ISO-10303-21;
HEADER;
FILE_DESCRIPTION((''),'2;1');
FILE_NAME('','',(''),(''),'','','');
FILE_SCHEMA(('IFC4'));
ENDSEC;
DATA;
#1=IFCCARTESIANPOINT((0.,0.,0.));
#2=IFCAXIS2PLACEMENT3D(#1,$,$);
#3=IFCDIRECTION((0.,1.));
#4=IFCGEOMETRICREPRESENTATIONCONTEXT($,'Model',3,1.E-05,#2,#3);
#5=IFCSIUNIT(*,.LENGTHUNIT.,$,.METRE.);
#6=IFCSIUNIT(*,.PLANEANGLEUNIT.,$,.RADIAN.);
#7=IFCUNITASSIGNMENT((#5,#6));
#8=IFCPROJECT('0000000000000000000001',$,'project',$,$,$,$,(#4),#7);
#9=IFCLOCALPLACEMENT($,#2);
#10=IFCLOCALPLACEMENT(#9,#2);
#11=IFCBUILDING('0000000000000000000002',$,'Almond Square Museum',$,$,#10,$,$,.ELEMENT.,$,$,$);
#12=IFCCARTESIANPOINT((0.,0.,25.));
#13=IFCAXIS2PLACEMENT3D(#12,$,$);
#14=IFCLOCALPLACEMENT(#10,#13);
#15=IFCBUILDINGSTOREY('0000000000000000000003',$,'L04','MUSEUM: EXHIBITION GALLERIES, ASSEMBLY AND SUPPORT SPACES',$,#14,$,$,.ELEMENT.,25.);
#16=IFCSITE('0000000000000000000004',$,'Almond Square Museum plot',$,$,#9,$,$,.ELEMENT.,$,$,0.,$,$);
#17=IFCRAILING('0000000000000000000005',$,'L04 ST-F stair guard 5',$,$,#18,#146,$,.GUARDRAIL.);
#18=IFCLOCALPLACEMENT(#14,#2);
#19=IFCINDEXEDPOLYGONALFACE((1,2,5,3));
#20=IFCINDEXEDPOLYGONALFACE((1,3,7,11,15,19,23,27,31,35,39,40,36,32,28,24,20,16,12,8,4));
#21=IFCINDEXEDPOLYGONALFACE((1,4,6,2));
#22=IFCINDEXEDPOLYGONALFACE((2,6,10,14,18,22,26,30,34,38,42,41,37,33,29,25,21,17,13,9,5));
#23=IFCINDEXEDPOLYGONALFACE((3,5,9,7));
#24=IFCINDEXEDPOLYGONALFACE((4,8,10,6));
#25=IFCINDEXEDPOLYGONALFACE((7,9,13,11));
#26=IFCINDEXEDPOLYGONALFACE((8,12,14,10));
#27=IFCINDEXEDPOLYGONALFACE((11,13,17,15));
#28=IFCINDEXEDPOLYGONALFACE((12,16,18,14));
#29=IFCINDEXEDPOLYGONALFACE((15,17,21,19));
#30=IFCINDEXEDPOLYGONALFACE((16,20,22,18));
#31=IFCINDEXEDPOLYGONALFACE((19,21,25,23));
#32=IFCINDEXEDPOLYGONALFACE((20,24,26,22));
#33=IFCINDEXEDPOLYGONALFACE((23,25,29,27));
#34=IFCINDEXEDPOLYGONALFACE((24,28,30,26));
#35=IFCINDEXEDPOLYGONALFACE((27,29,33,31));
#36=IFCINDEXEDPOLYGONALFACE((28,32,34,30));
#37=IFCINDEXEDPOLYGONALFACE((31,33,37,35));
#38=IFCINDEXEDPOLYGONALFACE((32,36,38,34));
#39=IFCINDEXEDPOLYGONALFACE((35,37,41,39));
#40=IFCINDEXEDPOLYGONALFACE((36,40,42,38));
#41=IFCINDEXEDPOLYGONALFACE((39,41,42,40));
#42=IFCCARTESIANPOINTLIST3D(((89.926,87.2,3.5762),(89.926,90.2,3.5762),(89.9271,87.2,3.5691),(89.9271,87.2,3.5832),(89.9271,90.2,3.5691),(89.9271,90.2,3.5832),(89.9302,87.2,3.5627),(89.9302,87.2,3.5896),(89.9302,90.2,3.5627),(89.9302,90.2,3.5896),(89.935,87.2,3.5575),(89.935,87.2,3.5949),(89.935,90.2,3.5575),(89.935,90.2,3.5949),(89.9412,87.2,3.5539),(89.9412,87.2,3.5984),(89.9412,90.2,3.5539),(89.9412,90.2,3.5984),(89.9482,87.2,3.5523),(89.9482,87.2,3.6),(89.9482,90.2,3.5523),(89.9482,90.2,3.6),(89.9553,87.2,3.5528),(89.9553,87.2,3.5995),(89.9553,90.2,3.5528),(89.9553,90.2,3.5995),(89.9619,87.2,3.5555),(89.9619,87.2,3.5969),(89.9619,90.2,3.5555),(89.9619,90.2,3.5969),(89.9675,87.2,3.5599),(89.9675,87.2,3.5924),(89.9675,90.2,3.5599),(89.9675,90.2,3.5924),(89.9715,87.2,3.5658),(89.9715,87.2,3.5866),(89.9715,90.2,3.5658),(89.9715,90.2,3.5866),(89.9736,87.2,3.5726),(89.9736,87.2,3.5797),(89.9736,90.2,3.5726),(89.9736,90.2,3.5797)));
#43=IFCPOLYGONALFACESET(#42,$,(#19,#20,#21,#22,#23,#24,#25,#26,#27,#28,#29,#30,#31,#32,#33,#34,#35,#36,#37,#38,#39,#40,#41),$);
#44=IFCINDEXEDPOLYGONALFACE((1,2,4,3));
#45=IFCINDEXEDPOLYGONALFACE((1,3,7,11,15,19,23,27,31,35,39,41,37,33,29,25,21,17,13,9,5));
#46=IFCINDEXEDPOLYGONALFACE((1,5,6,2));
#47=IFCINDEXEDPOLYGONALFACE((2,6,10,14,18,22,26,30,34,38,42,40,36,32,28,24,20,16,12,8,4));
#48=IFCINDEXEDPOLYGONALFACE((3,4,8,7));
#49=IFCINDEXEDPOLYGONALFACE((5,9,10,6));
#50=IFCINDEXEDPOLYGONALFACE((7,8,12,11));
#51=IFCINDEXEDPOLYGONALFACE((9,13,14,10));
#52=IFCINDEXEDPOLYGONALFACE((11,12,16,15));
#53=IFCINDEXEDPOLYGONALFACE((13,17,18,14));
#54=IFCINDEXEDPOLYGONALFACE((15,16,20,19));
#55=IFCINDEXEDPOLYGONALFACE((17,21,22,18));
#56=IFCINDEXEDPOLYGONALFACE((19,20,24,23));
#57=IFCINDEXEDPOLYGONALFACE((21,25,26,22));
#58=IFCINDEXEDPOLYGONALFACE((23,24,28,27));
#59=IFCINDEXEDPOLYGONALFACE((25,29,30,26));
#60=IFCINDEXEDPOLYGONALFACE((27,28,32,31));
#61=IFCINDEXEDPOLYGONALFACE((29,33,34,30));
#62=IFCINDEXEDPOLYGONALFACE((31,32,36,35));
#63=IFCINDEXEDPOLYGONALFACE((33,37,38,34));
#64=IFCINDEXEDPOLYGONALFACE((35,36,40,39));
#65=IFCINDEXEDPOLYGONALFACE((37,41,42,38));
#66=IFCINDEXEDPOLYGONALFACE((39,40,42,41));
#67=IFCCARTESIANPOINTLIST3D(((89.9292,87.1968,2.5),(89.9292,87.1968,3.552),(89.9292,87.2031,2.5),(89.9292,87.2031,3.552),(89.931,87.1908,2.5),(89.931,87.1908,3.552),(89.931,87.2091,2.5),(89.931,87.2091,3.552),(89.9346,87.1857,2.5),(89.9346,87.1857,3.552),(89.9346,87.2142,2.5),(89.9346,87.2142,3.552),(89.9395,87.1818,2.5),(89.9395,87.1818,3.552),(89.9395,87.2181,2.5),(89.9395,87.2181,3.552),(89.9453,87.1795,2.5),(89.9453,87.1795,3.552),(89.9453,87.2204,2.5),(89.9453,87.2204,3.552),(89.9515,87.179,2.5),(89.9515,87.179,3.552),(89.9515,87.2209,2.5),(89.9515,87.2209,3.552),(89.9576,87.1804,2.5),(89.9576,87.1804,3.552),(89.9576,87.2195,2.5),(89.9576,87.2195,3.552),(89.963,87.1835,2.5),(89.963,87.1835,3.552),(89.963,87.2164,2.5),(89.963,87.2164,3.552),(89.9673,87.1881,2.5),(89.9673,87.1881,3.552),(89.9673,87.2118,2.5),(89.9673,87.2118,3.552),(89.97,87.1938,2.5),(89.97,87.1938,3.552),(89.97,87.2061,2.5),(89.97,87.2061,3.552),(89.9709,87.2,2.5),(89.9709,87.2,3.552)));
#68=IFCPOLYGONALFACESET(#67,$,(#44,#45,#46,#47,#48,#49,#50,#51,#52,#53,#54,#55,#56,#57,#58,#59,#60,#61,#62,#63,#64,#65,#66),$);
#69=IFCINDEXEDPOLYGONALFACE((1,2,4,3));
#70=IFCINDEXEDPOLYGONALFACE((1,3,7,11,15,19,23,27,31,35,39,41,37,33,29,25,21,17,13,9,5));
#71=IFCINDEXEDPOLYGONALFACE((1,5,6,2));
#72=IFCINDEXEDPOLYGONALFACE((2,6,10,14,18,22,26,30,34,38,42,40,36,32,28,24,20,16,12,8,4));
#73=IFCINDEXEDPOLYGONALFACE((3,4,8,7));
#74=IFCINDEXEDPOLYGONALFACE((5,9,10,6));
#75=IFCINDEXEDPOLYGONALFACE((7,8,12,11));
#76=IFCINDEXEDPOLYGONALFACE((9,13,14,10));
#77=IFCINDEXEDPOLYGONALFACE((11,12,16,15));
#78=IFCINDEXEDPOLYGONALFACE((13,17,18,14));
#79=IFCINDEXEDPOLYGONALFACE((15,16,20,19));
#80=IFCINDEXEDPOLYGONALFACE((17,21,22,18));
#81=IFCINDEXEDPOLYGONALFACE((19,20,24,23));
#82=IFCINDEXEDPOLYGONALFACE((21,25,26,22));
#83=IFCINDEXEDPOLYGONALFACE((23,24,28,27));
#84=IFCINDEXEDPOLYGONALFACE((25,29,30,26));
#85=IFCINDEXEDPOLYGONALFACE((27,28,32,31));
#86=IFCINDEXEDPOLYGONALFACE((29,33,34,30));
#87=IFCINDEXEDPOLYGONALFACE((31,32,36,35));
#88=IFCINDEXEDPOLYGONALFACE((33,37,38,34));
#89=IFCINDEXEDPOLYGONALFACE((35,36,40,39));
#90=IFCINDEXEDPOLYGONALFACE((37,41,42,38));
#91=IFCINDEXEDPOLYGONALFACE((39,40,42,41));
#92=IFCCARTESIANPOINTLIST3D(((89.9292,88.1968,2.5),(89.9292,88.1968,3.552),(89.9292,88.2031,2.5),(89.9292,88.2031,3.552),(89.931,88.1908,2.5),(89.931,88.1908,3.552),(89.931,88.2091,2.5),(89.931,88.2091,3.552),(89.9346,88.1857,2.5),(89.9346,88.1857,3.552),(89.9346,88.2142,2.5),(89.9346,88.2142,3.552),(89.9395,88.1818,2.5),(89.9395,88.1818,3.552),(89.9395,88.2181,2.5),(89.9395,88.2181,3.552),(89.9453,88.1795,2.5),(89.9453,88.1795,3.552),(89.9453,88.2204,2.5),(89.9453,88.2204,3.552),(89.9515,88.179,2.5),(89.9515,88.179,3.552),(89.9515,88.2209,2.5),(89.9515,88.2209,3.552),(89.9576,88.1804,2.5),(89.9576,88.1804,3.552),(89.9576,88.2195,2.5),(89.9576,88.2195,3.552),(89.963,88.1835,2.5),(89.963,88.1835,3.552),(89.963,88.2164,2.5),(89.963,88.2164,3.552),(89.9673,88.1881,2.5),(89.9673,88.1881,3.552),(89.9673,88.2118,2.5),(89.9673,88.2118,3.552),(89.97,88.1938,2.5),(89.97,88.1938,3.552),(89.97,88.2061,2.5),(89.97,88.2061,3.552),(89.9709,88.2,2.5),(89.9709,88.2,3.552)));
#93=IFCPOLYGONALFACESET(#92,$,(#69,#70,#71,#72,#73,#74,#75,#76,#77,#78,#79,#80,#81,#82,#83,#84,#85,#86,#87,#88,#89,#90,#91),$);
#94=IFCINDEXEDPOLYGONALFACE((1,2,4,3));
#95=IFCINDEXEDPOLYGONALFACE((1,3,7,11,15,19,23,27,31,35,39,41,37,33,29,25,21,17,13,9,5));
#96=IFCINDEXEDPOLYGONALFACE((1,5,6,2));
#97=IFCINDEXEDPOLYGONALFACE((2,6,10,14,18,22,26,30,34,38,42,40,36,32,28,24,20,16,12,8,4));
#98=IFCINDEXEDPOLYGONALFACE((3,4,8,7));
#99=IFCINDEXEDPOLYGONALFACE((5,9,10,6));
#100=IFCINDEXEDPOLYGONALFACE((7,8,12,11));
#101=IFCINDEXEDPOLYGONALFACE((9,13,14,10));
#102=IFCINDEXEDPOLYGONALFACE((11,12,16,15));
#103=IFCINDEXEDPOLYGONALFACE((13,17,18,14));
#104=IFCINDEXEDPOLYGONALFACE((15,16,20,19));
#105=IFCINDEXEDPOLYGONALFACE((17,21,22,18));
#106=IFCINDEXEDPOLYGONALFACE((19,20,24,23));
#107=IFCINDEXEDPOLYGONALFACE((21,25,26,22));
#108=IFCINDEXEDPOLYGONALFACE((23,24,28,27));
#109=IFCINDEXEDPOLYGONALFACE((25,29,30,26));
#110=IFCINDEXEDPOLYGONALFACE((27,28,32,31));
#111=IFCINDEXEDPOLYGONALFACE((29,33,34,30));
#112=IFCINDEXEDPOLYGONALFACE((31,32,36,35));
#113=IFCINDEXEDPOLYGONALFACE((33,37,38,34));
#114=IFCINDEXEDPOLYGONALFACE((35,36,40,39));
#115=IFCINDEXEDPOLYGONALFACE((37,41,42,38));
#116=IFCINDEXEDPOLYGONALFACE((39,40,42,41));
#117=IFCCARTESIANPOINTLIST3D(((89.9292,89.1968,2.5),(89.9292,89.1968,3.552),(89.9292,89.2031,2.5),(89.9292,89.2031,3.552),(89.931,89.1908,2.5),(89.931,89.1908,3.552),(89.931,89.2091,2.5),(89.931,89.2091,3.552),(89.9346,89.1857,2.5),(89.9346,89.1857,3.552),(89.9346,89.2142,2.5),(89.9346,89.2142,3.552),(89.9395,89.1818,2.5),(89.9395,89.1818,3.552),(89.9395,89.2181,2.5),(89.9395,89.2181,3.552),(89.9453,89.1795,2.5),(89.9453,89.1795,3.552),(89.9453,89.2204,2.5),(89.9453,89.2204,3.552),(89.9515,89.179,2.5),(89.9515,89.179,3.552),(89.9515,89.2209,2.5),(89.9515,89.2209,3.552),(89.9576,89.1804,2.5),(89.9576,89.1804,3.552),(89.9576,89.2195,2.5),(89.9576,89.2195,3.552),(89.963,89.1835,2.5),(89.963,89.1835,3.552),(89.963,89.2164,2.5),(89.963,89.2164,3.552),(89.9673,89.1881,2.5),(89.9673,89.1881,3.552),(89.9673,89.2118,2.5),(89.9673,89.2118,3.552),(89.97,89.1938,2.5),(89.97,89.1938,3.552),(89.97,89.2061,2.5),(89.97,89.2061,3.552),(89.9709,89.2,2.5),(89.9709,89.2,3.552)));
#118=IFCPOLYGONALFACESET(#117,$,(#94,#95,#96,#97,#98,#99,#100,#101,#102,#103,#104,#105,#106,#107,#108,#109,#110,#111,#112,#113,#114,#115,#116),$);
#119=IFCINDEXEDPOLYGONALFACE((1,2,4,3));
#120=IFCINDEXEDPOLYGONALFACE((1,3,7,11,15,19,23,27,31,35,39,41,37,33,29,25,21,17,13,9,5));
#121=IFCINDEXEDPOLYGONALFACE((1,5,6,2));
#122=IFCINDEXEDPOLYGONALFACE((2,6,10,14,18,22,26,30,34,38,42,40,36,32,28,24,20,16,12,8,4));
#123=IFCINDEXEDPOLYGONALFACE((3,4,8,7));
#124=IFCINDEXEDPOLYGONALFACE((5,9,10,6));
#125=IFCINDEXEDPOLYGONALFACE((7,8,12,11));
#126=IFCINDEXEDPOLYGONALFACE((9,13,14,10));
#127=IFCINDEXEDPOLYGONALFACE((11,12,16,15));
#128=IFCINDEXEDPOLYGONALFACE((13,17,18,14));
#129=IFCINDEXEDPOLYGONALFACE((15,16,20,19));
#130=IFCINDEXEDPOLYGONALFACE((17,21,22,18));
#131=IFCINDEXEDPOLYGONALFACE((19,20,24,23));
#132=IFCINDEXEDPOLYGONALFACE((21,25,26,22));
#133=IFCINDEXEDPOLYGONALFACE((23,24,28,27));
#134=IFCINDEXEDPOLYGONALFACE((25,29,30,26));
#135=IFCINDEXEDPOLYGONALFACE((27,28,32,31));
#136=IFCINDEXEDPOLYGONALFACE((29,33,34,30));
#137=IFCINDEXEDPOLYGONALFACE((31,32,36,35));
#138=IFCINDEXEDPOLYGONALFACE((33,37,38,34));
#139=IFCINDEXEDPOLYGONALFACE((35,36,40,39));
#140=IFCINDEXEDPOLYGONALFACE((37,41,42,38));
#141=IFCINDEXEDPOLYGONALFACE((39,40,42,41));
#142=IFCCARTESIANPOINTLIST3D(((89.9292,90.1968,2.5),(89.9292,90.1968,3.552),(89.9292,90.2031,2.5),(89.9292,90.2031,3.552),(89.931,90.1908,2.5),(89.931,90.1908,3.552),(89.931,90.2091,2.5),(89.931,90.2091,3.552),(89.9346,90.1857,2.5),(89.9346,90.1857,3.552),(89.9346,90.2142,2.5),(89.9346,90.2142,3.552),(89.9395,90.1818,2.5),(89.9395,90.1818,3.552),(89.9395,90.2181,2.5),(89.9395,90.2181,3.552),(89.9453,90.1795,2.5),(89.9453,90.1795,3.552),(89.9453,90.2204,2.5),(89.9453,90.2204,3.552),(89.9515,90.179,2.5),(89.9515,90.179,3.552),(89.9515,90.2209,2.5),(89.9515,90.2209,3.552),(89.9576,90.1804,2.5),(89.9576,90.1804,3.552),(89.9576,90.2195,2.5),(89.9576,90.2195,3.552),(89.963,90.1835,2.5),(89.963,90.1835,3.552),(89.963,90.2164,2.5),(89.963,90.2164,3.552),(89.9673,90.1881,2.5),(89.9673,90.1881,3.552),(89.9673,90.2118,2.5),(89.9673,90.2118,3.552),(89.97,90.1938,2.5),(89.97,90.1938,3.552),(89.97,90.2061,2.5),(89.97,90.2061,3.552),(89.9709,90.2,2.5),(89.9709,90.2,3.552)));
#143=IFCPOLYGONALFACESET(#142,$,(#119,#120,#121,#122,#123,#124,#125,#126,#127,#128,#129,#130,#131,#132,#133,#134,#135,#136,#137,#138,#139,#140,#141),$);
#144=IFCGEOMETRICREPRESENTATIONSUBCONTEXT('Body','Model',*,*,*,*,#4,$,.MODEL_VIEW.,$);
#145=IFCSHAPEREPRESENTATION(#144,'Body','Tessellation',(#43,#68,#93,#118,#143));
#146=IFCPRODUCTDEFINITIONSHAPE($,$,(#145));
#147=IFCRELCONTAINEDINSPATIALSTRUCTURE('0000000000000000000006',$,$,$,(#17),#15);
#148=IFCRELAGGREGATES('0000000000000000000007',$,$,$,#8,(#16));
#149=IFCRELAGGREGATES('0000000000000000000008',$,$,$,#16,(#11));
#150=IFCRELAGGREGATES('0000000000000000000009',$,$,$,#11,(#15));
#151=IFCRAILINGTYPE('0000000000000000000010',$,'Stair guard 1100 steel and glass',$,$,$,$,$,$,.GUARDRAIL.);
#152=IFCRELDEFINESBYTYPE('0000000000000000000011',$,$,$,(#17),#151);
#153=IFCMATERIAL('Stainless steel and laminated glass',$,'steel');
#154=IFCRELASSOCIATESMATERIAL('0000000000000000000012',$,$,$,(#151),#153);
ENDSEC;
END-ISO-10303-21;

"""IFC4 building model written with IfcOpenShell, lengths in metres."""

from ifc_helpers import new_model, si_unit, direction, frame, origin, origin_2d, place, context, subcontext, project, spatial, circle, extrude, material, type_object, element, save


model = new_model("IFC4")

# Units and contexts
model_context = context("Model", 3, precision=1e-05, world=origin(), true_north=direction((0.0, 1.0)))
body_context = subcontext(model_context, "Body", "Model", "MODEL_VIEW")
ifc_project = project(units=[si_unit("LENGTHUNIT", "METRE"), si_unit("PLANEANGLEUNIT", "RADIAN")], contexts=[model_context])

# Site, building, storey
site_placement = place(None, origin())
site = spatial("IfcSite", under=ifc_project, at=site_placement, Name="Almond Square Museum plot", CompositionType="ELEMENT", RefElevation=0.0)
building_placement = place(site_placement, origin())
building = spatial("IfcBuilding", under=site, at=building_placement, Name="Almond Square Museum", CompositionType="ELEMENT")
storey_placement = place(building_placement, frame((0.0, 0.0, 25.0)))
storey = spatial("IfcBuildingStorey", under=building, at=storey_placement, Name="L04", Description="MUSEUM: EXHIBITION GALLERIES, ASSEMBLY AND SUPPORT SPACES", CompositionType="ELEMENT", Elevation=25.0)

# Railing
ifc_material_1 = material(Name="Stainless steel and laminated glass", Category="steel")
railing_type_1 = type_object("IfcRailingType", Name="Stair guard 1100 steel and glass", PredefinedType="GUARDRAIL", material=ifc_material_1)
railing_1_placement = place(storey_placement, frame((89.95, 87.2, 2.5)))
element("IfcRailing", 1, at=railing_1_placement, inside=storey, type_object=railing_type_1, Name="L04 ST-F stair guard 5", PredefinedType="GUARDRAIL", context=body_context, shape_type="SweptSolid", body=[
    extrude(circle(Radius=0.0239, at=origin_2d()), frame((0.0, 0.0, 1.0762), z_axis=(0.0, 1.0, 0.0), x_axis=(-1.0, 0.0, 0.0)), (0.0, 0.0, 1.0), 3.0),
    extrude(circle(Radius=0.021, at=origin_2d()), origin(), (0.0, 0.0, 1.0), 1.052),
    extrude(circle(Radius=0.021, at=origin_2d()), frame((0.0, 1.0, 0.0)), (0.0, 0.0, 1.0), 1.052),
    extrude(circle(Radius=0.021, at=origin_2d()), frame((0.0, 2.0, 0.0)), (0.0, 0.0, 1.0), 1.052),
    extrude(circle(Radius=0.021, at=origin_2d()), frame((0.0, 3.0, 0.0)), (0.0, 0.0, 1.0), 1.052),
])

save(model, "model.ifc")
